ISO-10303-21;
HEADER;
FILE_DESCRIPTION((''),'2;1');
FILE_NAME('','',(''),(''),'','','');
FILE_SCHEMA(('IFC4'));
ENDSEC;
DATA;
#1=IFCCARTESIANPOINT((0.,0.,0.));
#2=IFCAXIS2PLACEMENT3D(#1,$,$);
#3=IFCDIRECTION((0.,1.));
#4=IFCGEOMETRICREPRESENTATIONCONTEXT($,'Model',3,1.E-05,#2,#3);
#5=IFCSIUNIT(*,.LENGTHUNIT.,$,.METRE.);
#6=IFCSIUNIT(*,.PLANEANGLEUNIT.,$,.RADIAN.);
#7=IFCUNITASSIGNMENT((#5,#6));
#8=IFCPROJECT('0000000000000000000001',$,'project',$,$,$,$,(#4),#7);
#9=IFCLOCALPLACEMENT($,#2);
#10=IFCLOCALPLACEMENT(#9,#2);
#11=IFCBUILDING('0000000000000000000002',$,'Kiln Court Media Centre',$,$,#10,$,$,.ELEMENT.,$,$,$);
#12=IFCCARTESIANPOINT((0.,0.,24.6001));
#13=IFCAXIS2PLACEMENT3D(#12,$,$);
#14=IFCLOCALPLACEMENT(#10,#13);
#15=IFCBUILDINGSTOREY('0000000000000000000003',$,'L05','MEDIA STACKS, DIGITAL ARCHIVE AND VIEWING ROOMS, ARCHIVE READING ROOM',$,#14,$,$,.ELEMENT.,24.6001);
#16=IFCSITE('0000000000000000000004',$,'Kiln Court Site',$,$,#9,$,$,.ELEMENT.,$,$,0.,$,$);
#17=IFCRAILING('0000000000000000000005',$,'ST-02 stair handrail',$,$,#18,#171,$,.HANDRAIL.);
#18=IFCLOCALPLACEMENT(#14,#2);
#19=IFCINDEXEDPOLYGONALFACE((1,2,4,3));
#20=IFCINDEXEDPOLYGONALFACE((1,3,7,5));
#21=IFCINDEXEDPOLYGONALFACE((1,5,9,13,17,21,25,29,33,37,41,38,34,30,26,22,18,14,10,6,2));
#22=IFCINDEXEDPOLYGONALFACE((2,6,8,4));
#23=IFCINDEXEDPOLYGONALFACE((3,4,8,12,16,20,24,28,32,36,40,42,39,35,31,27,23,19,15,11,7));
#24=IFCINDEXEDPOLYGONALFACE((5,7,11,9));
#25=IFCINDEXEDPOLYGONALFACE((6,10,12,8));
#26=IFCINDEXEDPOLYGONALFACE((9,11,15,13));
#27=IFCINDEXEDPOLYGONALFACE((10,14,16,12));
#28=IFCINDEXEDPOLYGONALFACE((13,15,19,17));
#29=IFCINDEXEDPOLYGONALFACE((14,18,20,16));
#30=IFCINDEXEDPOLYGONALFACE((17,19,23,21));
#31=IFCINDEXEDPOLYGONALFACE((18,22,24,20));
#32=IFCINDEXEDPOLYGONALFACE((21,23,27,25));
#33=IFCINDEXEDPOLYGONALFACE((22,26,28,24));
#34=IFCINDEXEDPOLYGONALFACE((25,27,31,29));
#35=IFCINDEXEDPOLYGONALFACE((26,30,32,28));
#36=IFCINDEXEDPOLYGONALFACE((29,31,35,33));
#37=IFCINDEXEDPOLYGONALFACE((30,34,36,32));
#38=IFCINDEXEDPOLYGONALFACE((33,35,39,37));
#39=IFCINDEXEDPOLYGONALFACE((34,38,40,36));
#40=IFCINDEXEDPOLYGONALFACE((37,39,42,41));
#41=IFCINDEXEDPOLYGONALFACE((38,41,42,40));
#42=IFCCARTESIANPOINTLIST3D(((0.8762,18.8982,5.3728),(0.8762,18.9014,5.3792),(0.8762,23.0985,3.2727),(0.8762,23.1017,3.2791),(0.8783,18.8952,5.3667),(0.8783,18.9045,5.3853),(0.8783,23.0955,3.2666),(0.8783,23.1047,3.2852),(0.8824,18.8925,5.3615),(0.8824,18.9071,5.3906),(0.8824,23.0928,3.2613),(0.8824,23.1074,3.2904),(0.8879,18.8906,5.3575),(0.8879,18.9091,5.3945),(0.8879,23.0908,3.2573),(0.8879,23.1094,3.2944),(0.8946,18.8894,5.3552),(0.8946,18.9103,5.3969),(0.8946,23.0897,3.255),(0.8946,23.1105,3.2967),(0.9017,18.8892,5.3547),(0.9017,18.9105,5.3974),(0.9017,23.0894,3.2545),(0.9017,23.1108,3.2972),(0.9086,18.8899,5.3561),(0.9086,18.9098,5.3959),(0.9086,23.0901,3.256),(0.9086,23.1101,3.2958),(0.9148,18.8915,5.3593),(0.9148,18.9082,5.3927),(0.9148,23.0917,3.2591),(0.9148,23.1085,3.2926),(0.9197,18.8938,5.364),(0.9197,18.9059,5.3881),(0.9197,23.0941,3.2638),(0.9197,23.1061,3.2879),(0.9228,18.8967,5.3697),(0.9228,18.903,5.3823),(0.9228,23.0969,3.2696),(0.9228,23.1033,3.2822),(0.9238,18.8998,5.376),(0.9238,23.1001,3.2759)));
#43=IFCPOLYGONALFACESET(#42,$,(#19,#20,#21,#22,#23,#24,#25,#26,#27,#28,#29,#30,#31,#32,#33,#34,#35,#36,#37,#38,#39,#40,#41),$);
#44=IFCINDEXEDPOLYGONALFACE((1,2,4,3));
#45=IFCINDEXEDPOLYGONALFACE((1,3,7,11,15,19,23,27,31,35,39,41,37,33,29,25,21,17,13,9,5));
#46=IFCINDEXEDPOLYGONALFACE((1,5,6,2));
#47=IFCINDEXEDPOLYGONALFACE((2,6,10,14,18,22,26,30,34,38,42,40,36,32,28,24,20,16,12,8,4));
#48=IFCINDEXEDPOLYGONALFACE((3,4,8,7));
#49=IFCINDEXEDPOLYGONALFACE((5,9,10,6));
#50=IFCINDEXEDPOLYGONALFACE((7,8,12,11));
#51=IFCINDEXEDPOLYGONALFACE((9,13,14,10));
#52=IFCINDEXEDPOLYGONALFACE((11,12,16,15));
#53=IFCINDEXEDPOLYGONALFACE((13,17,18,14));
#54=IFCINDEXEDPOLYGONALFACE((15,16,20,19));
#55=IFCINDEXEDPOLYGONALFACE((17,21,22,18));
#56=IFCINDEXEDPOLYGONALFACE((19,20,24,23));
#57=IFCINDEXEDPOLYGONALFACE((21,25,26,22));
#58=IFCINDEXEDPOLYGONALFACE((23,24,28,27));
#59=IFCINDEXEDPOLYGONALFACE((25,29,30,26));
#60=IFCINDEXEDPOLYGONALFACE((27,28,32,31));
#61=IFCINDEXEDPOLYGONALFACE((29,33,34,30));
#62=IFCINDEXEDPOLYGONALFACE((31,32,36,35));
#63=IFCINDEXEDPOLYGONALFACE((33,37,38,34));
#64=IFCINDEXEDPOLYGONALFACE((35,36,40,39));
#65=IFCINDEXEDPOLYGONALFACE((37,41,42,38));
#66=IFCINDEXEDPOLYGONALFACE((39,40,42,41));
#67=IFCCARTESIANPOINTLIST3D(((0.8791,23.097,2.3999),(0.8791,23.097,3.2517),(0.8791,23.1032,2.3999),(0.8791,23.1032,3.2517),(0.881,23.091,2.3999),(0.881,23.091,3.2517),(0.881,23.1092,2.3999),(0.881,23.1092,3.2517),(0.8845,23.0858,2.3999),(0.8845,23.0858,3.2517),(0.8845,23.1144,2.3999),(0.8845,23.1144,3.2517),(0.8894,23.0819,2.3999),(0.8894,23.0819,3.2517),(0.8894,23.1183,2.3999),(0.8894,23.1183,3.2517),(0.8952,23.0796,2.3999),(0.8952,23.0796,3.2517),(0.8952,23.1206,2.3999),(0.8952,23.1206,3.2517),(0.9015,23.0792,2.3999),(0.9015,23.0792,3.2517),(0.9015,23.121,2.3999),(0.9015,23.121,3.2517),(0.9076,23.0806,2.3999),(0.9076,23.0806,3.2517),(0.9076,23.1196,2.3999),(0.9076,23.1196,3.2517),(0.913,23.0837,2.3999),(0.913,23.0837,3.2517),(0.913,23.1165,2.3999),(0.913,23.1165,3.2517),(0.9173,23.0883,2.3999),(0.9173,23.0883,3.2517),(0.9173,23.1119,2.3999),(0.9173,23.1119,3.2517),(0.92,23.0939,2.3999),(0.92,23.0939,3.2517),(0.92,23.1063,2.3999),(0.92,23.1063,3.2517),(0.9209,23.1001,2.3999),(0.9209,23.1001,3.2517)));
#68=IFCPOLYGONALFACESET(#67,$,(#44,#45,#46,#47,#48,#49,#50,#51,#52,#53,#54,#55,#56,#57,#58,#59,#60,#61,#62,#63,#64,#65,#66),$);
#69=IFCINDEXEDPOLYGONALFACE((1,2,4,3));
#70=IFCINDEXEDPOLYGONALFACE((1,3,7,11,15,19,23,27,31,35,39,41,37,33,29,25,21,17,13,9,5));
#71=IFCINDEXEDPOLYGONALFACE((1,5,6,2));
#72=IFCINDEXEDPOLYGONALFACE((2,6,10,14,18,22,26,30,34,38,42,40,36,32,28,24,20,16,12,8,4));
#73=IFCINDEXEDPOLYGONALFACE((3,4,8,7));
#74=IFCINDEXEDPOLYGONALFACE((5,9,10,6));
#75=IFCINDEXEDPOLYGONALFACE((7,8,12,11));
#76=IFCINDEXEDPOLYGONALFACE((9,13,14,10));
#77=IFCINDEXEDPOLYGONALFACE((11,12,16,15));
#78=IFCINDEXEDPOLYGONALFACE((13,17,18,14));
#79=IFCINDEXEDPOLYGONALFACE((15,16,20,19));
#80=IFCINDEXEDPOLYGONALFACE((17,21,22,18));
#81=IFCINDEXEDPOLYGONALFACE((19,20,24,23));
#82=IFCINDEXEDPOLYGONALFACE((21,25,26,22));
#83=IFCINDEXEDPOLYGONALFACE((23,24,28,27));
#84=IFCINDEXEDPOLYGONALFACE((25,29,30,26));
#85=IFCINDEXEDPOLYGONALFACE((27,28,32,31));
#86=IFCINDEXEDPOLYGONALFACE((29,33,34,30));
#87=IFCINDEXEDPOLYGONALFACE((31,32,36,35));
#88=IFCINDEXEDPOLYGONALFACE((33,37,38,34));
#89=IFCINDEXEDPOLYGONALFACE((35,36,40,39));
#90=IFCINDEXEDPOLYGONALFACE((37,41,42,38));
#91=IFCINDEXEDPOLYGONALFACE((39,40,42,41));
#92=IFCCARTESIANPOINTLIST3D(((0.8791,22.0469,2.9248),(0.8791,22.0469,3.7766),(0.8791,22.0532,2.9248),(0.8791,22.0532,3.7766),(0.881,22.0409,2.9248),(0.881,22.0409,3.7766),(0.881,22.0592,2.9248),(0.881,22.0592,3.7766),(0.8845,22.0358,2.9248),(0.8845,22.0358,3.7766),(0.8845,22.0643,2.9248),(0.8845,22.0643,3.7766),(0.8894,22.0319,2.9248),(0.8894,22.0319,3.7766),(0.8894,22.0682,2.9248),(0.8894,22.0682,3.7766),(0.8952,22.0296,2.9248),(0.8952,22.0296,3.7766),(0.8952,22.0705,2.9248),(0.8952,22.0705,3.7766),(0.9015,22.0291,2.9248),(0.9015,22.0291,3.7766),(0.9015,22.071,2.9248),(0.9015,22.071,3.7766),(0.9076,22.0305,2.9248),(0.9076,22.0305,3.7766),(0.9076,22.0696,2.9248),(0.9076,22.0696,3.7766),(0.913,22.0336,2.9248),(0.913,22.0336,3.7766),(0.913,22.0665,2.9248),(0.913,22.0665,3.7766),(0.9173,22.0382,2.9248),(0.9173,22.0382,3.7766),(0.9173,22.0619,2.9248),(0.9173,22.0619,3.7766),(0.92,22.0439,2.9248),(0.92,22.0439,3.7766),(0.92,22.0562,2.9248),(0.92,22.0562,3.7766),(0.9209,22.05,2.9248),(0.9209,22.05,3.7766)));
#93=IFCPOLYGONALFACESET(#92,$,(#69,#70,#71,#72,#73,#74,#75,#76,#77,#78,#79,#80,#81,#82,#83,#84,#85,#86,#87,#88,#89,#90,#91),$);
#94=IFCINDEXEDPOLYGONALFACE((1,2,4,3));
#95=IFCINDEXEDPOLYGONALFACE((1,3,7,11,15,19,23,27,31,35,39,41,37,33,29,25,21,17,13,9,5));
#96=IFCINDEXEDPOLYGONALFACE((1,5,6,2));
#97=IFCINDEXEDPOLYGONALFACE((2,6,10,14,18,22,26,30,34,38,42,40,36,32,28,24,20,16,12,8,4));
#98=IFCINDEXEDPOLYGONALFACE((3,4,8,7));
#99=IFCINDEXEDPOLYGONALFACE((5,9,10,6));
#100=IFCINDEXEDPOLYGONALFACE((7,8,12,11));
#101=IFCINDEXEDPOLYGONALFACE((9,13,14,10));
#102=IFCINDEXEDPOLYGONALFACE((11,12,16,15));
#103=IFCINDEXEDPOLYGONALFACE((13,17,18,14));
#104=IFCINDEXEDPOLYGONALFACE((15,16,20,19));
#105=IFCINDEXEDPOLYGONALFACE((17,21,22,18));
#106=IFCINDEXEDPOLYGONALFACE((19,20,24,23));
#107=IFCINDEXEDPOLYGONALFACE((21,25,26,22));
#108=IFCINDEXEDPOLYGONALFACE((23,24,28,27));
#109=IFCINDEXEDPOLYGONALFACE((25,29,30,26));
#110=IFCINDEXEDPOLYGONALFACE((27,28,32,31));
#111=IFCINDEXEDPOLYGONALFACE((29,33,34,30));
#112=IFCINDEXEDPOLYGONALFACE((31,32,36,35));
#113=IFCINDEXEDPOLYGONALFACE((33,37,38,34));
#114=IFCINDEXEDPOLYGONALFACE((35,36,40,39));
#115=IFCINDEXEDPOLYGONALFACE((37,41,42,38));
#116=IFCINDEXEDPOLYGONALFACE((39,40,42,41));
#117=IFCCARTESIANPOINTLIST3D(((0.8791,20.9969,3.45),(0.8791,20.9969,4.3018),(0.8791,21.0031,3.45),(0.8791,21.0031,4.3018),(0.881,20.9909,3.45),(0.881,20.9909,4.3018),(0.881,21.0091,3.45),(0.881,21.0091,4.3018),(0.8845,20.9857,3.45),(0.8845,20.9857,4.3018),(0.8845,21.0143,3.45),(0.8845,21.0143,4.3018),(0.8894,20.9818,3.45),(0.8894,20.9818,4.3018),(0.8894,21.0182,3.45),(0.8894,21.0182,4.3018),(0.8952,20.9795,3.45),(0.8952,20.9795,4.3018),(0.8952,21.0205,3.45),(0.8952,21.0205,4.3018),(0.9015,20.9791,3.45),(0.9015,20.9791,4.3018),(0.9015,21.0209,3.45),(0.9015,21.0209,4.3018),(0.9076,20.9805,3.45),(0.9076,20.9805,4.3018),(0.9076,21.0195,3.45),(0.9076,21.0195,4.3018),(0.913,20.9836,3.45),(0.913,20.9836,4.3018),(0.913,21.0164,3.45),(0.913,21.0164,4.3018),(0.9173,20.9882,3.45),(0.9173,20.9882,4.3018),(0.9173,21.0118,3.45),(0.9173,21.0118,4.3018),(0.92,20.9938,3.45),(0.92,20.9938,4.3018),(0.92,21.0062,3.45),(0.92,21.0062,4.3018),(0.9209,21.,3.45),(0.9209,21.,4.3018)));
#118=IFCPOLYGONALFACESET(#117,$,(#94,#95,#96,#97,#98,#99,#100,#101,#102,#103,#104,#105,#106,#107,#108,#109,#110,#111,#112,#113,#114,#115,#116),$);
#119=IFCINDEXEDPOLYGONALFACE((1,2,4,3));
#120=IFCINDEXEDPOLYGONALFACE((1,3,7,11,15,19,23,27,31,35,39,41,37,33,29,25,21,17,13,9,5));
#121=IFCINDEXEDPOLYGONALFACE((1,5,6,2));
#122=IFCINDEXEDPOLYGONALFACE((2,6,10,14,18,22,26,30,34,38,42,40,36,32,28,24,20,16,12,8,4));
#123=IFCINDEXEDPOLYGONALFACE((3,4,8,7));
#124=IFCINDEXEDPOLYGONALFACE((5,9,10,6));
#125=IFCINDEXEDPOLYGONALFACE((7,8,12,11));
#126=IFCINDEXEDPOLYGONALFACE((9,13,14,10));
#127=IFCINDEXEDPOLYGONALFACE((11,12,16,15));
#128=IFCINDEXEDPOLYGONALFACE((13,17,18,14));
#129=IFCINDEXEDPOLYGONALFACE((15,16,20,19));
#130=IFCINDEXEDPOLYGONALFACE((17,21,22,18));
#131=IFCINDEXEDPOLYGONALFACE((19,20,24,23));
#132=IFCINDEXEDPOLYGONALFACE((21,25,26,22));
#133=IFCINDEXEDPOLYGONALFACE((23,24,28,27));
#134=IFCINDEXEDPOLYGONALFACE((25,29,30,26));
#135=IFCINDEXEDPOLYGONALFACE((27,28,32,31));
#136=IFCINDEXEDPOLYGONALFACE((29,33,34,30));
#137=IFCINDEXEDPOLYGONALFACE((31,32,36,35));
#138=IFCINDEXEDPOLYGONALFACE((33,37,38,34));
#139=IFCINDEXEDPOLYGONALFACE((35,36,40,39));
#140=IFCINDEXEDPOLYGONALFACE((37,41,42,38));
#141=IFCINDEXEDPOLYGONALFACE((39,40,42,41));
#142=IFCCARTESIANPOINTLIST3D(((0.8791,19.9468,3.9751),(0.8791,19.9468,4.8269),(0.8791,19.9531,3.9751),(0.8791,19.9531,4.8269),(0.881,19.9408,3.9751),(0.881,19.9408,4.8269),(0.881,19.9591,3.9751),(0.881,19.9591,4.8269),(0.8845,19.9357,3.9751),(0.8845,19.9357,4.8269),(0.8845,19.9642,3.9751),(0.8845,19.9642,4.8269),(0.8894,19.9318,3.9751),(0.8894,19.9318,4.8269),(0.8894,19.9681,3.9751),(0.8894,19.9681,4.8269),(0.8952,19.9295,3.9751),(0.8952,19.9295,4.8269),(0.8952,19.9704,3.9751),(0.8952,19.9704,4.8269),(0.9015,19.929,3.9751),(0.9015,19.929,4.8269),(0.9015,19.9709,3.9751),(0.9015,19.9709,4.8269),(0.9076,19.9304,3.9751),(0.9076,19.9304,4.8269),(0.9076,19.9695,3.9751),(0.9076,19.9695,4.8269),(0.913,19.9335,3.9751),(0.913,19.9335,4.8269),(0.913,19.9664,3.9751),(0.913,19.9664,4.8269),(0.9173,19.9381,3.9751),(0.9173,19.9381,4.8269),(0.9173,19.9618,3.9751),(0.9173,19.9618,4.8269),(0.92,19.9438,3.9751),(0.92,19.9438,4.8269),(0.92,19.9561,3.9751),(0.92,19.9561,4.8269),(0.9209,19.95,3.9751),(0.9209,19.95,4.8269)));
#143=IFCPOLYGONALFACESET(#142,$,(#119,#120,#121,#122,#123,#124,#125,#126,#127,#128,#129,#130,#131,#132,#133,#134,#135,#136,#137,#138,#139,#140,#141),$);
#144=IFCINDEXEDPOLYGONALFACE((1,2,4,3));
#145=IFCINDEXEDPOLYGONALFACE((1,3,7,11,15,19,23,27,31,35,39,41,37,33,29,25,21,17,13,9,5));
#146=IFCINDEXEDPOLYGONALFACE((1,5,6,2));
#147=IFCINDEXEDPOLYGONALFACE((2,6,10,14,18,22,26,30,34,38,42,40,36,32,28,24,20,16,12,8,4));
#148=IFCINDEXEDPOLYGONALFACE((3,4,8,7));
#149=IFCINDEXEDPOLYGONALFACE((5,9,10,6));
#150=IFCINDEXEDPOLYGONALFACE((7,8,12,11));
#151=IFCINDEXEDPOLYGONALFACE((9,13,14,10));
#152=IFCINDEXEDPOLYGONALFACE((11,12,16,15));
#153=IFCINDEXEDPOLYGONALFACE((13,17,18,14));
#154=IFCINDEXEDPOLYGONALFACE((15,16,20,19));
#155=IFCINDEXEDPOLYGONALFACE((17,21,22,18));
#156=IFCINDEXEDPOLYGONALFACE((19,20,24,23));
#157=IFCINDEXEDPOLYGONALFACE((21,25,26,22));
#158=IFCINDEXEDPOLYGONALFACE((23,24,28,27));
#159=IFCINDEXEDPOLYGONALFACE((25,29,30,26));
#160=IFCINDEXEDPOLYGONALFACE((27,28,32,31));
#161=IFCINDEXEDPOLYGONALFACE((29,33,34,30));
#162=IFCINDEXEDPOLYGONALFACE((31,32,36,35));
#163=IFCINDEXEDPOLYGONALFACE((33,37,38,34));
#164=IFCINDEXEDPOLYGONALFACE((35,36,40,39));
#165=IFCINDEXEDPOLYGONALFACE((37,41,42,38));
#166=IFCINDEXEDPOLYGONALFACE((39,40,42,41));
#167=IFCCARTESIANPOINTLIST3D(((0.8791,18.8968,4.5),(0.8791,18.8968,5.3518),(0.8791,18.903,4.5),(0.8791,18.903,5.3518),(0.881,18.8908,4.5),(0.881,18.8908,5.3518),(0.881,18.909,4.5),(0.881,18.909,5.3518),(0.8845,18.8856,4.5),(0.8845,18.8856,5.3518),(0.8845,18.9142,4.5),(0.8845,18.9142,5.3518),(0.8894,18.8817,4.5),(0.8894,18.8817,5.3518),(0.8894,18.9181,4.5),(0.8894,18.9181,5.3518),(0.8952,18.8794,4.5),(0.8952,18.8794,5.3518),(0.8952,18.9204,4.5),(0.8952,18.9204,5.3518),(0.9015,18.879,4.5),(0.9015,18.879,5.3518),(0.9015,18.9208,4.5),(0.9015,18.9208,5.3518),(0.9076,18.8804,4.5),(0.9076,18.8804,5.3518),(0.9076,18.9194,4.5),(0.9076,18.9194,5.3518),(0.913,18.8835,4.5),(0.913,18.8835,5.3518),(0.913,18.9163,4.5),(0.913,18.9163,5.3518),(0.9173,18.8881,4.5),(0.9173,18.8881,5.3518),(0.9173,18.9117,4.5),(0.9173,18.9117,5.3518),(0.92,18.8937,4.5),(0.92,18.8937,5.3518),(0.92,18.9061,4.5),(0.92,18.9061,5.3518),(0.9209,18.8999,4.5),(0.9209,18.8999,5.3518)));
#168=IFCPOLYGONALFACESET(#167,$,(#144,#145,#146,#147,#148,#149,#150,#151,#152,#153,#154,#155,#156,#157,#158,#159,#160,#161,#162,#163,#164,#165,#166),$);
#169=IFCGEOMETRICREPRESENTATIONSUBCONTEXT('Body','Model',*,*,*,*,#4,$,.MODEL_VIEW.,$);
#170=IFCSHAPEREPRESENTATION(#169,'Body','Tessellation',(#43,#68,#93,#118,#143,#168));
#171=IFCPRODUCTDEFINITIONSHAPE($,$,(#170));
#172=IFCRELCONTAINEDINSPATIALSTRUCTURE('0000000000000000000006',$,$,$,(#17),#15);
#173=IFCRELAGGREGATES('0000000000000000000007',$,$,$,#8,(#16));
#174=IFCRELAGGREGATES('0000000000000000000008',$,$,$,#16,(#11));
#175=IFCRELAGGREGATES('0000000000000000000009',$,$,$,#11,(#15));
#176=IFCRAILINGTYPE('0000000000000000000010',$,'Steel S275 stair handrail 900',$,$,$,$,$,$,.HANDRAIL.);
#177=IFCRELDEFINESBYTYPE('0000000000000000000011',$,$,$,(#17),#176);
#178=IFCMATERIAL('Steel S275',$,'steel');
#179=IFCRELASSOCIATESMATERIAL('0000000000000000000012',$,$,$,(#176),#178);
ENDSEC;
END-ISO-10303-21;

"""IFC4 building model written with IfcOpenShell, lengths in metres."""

from ifc_helpers import new_model, si_unit, direction, frame, origin, origin_2d, place, context, subcontext, project, spatial, circle, extrude, material, type_object, element, save


model = new_model("IFC4")

# Units and contexts
model_context = context("Model", 3, precision=1e-05, world=origin(), true_north=direction((0.0, 1.0)))
body_context = subcontext(model_context, "Body", "Model", "MODEL_VIEW")
ifc_project = project(units=[si_unit("LENGTHUNIT", "METRE"), si_unit("PLANEANGLEUNIT", "RADIAN")], contexts=[model_context])

# Site, building, storey
site_placement = place(None, origin())
site = spatial("IfcSite", under=ifc_project, at=site_placement, Name="Kiln Court Site", CompositionType="ELEMENT", RefElevation=0.0)
building_placement = place(site_placement, origin())
building = spatial("IfcBuilding", under=site, at=building_placement, Name="Kiln Court Media Centre", CompositionType="ELEMENT")
storey_placement = place(building_placement, frame((0.0, 0.0, 24.6001)))
storey = spatial("IfcBuildingStorey", under=building, at=storey_placement, Name="L05", Description="MEDIA STACKS, DIGITAL ARCHIVE AND VIEWING ROOMS, ARCHIVE READING ROOM", CompositionType="ELEMENT", Elevation=24.6001)

# Railing
ifc_material_1 = material(Name="Steel S275", Category="steel")
railing_type_1 = type_object("IfcRailingType", Name="Steel S275 stair handrail 900", PredefinedType="HANDRAIL", material=ifc_material_1)
railing_1_placement = place(storey_placement, frame((0.8999, 23.1001, 2.3999)))
element("IfcRailing", 1, at=railing_1_placement, inside=storey, type_object=railing_type_1, Name="ST-02 stair handrail", PredefinedType="HANDRAIL", context=body_context, shape_type="SweptSolid", body=[
    extrude(circle(Radius=0.0239, at=origin_2d()), frame((0.0, 0.0, 0.876), z_axis=(0.0, -0.894427, 0.447214), x_axis=(1.0, 0.0, 0.0)), (0.0, 0.0, 1.0), 4.696),
    extrude(circle(Radius=0.021, at=origin_2d()), origin(), (0.0, 0.0, 1.0), 0.8518),
    extrude(circle(Radius=0.021, at=origin_2d()), frame((0.0, -1.05, 0.5249)), (0.0, 0.0, 1.0), 0.8518),
    extrude(circle(Radius=0.021, at=origin_2d()), frame((0.0, -2.1001, 1.05)), (0.0, 0.0, 1.0), 0.8518),
    extrude(circle(Radius=0.021, at=origin_2d()), frame((0.0, -3.1501, 1.5752)), (0.0, 0.0, 1.0), 0.8518),
    extrude(circle(Radius=0.021, at=origin_2d()), frame((0.0, -4.2002, 2.1001)), (0.0, 0.0, 1.0), 0.8518),
])

save(model, "model.ifc")
